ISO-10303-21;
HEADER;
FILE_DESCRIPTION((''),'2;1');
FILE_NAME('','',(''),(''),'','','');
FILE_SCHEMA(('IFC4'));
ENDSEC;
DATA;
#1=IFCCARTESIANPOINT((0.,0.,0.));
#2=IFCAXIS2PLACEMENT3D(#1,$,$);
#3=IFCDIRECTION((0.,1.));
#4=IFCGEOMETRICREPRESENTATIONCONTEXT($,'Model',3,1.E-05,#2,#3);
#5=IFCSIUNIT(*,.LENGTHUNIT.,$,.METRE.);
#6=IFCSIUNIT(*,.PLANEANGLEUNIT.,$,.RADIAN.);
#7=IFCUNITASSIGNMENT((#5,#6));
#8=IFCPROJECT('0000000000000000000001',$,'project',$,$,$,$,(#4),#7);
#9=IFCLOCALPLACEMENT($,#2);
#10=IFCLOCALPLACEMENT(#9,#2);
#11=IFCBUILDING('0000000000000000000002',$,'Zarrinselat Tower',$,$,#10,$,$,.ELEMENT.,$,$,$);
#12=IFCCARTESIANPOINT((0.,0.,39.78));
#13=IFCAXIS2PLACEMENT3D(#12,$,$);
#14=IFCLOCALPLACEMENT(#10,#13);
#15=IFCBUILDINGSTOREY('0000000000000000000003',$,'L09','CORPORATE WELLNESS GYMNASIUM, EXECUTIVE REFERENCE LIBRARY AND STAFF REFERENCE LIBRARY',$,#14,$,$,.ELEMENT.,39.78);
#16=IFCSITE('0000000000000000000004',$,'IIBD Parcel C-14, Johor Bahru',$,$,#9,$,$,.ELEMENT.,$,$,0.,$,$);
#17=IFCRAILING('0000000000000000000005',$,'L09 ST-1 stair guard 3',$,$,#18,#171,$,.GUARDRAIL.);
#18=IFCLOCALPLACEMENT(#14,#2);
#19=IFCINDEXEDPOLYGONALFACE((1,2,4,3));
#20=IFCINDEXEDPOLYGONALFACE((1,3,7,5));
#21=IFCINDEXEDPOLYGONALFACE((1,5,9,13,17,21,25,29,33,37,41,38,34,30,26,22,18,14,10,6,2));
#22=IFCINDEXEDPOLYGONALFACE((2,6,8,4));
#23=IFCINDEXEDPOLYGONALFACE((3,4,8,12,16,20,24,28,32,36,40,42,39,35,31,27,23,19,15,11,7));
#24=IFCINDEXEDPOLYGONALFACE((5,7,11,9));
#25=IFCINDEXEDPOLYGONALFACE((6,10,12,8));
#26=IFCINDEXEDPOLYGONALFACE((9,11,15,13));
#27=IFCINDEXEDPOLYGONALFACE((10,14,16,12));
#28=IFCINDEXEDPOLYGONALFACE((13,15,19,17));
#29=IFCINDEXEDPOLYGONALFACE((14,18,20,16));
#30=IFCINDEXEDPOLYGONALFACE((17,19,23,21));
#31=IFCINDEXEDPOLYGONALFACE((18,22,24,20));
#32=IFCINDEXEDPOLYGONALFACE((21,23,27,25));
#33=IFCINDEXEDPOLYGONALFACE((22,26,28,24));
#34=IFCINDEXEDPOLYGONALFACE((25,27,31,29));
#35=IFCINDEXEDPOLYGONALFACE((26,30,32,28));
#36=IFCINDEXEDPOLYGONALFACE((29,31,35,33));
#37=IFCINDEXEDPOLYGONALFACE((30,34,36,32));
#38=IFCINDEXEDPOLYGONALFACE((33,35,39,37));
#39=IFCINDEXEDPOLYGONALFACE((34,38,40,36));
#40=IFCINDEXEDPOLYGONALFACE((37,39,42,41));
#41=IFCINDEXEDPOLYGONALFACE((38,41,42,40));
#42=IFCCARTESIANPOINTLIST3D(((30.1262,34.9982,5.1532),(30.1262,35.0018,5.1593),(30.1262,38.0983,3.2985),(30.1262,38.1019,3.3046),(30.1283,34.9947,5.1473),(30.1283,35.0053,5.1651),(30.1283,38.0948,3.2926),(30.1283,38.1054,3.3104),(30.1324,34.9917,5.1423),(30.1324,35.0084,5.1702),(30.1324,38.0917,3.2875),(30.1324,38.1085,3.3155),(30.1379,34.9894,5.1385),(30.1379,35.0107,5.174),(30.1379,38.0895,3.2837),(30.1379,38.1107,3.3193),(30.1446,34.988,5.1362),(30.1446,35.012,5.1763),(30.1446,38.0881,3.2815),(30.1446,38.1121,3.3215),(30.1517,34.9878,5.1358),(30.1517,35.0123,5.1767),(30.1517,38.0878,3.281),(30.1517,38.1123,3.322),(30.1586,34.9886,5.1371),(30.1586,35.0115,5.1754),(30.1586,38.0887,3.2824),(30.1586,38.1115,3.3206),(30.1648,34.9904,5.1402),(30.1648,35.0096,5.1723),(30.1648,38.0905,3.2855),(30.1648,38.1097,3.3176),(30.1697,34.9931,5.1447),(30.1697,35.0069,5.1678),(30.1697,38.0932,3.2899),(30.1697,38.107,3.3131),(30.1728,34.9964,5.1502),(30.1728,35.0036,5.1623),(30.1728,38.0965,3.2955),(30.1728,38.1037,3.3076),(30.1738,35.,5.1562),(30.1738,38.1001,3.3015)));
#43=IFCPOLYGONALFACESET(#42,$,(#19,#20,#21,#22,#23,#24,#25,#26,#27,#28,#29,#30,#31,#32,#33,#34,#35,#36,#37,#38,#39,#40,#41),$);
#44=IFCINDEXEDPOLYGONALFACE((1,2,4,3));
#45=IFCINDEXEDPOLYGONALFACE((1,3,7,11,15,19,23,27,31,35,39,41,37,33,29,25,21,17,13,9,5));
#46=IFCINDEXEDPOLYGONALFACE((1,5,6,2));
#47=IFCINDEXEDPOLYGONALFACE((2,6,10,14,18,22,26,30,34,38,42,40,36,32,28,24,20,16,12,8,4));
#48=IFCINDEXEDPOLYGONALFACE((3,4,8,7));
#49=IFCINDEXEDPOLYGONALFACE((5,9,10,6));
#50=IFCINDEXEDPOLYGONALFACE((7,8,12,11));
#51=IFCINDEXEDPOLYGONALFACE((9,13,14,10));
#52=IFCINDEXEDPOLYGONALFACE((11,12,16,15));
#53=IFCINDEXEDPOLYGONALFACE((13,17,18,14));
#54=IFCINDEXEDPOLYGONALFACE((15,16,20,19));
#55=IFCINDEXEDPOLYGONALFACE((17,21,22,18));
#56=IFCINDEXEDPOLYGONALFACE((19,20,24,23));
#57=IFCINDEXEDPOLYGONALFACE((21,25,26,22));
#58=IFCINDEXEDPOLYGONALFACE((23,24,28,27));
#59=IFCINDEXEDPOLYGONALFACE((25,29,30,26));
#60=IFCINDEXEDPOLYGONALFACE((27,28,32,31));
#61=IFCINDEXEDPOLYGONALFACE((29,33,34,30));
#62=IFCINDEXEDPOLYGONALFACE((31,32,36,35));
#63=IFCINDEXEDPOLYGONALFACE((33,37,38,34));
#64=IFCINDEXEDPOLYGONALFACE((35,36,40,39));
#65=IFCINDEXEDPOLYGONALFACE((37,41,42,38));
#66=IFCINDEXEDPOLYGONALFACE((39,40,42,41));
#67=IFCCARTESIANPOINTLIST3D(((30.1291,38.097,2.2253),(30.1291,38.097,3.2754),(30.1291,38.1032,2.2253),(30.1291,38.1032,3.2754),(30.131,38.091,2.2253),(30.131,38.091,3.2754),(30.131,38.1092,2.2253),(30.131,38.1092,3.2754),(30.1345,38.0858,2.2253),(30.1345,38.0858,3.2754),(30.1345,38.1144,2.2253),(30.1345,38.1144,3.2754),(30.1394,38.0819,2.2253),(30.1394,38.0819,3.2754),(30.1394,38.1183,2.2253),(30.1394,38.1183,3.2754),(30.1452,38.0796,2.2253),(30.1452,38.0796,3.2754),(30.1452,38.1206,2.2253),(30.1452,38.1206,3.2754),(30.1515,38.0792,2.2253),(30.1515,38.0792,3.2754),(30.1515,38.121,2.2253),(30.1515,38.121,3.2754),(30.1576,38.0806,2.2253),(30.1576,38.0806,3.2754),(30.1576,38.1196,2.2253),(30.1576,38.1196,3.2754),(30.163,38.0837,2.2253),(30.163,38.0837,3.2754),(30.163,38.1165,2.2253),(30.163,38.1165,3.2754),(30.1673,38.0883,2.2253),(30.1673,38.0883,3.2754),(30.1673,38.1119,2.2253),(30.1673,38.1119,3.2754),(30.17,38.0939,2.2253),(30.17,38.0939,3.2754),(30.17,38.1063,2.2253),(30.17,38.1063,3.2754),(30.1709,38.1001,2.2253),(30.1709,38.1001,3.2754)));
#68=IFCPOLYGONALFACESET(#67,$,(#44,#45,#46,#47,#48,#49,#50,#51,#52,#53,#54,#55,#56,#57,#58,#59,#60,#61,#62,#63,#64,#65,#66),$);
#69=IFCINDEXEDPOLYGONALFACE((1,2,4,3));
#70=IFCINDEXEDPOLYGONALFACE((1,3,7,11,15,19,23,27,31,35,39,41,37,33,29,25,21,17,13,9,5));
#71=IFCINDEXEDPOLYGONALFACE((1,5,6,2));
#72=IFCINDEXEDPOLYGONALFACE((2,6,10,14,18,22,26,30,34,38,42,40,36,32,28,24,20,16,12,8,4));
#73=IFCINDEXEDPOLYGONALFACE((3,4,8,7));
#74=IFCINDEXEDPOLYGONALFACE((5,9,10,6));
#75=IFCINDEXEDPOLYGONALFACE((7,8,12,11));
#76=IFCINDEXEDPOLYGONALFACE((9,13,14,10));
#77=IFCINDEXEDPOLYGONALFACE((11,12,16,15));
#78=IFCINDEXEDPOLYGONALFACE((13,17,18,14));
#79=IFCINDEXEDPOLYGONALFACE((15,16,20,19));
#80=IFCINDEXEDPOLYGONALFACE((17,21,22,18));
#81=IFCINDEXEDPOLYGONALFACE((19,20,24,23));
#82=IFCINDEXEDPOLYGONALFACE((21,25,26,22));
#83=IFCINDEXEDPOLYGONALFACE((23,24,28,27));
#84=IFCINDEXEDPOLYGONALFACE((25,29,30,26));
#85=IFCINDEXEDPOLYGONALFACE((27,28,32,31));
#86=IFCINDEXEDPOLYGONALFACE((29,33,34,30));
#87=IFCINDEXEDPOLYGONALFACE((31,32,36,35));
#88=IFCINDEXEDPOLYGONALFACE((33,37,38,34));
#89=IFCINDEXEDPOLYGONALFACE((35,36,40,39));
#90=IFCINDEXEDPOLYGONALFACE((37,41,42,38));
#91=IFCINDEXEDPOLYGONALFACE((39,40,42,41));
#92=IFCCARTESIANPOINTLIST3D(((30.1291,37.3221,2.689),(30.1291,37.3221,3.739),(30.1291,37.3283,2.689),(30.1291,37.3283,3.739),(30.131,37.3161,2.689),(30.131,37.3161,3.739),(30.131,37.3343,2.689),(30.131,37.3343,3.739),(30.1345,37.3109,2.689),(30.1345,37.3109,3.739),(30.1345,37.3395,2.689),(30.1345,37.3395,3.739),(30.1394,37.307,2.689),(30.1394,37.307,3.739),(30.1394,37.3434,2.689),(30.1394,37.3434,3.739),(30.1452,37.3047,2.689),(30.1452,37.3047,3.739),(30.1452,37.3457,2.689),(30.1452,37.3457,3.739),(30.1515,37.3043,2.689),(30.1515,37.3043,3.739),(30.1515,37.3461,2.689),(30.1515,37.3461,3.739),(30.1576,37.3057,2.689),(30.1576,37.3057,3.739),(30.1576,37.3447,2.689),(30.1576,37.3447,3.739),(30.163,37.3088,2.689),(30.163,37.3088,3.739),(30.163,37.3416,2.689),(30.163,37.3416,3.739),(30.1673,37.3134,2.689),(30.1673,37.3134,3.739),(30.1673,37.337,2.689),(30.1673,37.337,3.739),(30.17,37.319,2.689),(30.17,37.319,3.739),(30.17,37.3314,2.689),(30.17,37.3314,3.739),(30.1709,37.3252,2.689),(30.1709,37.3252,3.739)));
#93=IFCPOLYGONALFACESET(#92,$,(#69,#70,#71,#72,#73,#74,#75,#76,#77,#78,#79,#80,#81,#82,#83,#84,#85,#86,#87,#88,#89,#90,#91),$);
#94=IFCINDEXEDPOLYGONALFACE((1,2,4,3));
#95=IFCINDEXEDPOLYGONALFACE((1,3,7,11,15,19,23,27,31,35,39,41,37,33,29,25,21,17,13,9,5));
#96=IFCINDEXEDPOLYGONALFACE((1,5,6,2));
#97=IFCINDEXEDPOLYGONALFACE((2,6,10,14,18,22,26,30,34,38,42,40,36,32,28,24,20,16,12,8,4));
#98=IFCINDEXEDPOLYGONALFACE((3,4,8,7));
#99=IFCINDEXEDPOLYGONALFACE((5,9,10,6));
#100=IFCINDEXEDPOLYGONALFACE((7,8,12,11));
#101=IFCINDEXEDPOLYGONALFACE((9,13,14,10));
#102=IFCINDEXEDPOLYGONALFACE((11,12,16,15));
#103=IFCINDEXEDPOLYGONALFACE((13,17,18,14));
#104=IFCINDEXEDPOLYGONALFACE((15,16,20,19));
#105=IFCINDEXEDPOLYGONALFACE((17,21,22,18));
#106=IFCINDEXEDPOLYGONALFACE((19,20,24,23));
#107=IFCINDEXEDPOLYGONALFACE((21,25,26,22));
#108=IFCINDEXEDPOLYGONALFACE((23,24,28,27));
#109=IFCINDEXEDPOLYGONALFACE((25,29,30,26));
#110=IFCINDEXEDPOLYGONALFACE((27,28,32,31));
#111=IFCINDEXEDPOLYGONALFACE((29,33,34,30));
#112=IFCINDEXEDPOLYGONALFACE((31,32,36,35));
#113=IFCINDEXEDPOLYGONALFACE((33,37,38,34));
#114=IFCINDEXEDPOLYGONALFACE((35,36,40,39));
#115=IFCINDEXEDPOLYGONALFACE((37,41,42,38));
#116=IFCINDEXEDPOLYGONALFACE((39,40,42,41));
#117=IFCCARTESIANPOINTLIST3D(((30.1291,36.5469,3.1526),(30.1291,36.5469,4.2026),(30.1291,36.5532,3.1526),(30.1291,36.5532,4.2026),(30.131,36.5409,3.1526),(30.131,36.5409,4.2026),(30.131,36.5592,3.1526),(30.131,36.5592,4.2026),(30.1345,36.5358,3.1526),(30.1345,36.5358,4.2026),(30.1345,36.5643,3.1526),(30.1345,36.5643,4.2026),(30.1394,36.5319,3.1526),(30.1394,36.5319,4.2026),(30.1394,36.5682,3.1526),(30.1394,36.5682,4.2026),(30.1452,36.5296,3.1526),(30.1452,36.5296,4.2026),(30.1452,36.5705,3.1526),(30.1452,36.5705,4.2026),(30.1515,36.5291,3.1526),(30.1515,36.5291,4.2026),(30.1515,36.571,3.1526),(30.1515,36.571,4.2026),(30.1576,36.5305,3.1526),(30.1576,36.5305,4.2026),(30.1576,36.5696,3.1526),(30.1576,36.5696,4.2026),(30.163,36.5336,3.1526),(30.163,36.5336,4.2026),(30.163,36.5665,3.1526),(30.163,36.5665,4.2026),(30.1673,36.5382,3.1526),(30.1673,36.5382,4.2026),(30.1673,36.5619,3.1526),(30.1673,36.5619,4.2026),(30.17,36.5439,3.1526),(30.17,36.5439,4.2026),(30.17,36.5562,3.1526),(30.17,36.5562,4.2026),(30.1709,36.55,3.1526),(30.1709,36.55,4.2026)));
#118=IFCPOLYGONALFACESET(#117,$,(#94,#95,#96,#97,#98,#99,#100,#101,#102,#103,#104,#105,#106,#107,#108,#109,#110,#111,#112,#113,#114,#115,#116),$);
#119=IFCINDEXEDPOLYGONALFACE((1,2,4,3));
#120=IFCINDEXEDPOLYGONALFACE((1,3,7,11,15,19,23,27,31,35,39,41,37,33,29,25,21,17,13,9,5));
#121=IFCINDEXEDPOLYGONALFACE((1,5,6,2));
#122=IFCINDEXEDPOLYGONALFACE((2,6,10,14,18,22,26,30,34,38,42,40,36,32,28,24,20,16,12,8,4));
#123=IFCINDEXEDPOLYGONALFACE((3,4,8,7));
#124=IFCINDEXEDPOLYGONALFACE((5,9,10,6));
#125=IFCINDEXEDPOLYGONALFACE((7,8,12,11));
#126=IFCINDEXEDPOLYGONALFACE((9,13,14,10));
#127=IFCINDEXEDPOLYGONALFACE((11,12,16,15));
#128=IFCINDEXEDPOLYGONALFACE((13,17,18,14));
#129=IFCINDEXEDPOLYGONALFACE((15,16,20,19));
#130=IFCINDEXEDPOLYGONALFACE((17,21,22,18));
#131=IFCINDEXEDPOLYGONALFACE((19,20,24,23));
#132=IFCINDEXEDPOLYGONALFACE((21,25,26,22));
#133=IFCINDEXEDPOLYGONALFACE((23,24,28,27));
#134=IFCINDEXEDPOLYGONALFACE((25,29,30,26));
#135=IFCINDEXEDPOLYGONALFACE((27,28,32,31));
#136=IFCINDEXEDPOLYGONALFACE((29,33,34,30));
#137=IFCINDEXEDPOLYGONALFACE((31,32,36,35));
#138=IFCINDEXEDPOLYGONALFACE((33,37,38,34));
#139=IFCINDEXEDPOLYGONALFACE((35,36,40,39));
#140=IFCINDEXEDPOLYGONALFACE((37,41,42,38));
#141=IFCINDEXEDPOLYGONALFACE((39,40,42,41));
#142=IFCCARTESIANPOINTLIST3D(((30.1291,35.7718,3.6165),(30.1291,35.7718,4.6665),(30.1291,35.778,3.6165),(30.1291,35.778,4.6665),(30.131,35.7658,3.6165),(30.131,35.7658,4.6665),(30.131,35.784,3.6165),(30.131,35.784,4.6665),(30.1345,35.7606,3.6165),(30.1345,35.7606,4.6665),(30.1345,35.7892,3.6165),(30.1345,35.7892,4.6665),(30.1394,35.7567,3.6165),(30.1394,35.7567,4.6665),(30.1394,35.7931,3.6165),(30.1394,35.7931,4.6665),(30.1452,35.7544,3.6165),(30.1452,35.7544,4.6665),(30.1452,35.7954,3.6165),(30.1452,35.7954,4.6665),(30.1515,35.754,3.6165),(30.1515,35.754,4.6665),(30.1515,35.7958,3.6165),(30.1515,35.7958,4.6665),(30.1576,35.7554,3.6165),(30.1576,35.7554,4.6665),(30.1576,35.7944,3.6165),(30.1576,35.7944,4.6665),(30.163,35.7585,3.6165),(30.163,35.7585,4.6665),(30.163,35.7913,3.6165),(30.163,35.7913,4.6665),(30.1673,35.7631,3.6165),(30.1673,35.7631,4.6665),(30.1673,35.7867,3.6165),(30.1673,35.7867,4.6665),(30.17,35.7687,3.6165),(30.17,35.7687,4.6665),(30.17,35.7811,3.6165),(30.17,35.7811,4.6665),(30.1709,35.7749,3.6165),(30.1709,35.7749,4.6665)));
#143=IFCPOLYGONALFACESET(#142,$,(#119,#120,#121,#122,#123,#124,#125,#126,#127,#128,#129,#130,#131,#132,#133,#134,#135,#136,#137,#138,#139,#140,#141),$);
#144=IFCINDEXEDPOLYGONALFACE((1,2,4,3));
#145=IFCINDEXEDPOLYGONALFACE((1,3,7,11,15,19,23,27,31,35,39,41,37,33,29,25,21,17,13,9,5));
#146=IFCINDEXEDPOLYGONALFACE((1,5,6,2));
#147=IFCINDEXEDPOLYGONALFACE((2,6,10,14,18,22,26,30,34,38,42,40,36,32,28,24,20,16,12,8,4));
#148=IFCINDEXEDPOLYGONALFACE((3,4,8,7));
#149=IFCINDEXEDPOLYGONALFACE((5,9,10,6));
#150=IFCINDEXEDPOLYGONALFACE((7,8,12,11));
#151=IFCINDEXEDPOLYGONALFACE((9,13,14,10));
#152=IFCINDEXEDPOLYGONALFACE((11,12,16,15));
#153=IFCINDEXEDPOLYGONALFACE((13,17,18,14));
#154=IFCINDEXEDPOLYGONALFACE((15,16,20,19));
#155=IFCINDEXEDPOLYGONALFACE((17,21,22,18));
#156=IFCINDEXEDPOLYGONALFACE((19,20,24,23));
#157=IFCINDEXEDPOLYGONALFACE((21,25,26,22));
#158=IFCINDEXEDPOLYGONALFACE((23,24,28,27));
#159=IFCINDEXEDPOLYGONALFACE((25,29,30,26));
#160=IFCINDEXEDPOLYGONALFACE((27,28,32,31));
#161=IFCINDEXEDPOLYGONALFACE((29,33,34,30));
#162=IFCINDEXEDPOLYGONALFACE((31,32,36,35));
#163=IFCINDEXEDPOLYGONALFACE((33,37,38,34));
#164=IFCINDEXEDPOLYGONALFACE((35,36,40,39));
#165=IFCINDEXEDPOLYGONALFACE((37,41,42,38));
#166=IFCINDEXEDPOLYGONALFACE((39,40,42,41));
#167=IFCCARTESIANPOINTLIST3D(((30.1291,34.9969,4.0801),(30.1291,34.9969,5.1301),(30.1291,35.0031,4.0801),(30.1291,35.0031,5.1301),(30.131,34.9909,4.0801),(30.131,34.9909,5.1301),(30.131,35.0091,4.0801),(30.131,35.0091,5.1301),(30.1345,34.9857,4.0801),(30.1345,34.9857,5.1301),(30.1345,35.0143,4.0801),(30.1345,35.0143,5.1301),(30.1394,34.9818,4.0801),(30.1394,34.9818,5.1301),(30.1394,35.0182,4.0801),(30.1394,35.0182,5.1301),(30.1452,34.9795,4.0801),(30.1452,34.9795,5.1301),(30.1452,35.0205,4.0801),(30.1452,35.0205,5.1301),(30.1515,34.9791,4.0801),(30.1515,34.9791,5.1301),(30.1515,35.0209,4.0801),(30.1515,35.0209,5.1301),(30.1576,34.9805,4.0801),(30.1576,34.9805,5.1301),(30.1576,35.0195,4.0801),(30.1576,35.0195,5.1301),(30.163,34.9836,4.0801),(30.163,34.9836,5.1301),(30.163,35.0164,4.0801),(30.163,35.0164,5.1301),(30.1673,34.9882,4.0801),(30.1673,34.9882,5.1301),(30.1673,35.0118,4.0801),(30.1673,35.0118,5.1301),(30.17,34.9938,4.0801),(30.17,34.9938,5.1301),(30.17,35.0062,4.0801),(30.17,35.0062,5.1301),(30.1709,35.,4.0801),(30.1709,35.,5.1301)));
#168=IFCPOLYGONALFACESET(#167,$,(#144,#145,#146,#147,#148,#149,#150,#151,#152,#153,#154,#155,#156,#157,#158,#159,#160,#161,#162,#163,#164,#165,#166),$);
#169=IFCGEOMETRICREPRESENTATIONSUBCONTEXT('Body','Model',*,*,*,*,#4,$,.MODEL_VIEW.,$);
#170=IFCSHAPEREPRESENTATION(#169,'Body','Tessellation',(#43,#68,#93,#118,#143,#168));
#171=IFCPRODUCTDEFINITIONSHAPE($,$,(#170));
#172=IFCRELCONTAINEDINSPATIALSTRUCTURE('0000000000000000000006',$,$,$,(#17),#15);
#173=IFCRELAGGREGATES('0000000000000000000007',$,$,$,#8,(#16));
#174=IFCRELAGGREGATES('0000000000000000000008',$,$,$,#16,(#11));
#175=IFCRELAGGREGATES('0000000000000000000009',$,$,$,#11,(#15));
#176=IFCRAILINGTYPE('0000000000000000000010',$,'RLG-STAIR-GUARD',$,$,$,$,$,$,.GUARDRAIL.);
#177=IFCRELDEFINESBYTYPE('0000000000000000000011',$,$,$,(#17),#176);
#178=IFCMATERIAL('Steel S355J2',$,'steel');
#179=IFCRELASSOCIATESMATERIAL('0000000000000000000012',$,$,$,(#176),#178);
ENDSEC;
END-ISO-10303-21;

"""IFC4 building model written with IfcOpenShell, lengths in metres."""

from ifc_helpers import new_model, si_unit, direction, frame, origin, origin_2d, place, context, subcontext, project, spatial, circle, extrude, material, type_object, element, save


model = new_model("IFC4")

# Units and contexts
model_context = context("Model", 3, precision=1e-05, world=origin(), true_north=direction((0.0, 1.0)))
body_context = subcontext(model_context, "Body", "Model", "MODEL_VIEW")
ifc_project = project(units=[si_unit("LENGTHUNIT", "METRE"), si_unit("PLANEANGLEUNIT", "RADIAN")], contexts=[model_context])

# Site, building, storey
site_placement = place(None, origin())
site = spatial("IfcSite", under=ifc_project, at=site_placement, Name="IIBD Parcel C-14, Johor Bahru", CompositionType="ELEMENT", RefElevation=0.0)
building_placement = place(site_placement, origin())
building = spatial("IfcBuilding", under=site, at=building_placement, Name="Zarrinselat Tower", CompositionType="ELEMENT")
storey_placement = place(building_placement, frame((0.0, 0.0, 39.78)))
storey = spatial("IfcBuildingStorey", under=building, at=storey_placement, Name="L09", Description="CORPORATE WELLNESS GYMNASIUM, EXECUTIVE REFERENCE LIBRARY AND STAFF REFERENCE LIBRARY", CompositionType="ELEMENT", Elevation=39.78)

# Railing
ifc_material_1 = material(Name="Steel S355J2", Category="steel")
railing_type_1 = type_object("IfcRailingType", Name="RLG-STAIR-GUARD", PredefinedType="GUARDRAIL", material=ifc_material_1)
railing_1_placement = place(storey_placement, frame((30.1499, 38.1001, 2.2253)))
element("IfcRailing", 1, at=railing_1_placement, inside=storey, type_object=railing_type_1, Name="L09 ST-1 stair guard 3", PredefinedType="GUARDRAIL", context=body_context, shape_type="SweptSolid", body=[
    extrude(circle(Radius=0.0239, at=origin_2d()), frame((0.0, 0.0, 1.0762), z_axis=(0.0, -0.858142, 0.513412), x_axis=(1.0, 0.0, 0.0)), (0.0, 0.0, 1.0), 3.6125),
    extrude(circle(Radius=0.021, at=origin_2d()), origin(), (0.0, 0.0, 1.0), 1.05),
    extrude(circle(Radius=0.021, at=origin_2d()), frame((0.0, -0.7749, 0.4636)), (0.0, 0.0, 1.0), 1.05),
    extrude(circle(Radius=0.021, at=origin_2d()), frame((0.0, -1.55, 0.9272)), (0.0, 0.0, 1.0), 1.05),
    extrude(circle(Radius=0.021, at=origin_2d()), frame((0.0, -2.3252, 1.3911)), (0.0, 0.0, 1.0), 1.05),
    extrude(circle(Radius=0.021, at=origin_2d()), frame((0.0, -3.1001, 1.8547)), (0.0, 0.0, 1.0), 1.05),
])

save(model, "model.ifc")
